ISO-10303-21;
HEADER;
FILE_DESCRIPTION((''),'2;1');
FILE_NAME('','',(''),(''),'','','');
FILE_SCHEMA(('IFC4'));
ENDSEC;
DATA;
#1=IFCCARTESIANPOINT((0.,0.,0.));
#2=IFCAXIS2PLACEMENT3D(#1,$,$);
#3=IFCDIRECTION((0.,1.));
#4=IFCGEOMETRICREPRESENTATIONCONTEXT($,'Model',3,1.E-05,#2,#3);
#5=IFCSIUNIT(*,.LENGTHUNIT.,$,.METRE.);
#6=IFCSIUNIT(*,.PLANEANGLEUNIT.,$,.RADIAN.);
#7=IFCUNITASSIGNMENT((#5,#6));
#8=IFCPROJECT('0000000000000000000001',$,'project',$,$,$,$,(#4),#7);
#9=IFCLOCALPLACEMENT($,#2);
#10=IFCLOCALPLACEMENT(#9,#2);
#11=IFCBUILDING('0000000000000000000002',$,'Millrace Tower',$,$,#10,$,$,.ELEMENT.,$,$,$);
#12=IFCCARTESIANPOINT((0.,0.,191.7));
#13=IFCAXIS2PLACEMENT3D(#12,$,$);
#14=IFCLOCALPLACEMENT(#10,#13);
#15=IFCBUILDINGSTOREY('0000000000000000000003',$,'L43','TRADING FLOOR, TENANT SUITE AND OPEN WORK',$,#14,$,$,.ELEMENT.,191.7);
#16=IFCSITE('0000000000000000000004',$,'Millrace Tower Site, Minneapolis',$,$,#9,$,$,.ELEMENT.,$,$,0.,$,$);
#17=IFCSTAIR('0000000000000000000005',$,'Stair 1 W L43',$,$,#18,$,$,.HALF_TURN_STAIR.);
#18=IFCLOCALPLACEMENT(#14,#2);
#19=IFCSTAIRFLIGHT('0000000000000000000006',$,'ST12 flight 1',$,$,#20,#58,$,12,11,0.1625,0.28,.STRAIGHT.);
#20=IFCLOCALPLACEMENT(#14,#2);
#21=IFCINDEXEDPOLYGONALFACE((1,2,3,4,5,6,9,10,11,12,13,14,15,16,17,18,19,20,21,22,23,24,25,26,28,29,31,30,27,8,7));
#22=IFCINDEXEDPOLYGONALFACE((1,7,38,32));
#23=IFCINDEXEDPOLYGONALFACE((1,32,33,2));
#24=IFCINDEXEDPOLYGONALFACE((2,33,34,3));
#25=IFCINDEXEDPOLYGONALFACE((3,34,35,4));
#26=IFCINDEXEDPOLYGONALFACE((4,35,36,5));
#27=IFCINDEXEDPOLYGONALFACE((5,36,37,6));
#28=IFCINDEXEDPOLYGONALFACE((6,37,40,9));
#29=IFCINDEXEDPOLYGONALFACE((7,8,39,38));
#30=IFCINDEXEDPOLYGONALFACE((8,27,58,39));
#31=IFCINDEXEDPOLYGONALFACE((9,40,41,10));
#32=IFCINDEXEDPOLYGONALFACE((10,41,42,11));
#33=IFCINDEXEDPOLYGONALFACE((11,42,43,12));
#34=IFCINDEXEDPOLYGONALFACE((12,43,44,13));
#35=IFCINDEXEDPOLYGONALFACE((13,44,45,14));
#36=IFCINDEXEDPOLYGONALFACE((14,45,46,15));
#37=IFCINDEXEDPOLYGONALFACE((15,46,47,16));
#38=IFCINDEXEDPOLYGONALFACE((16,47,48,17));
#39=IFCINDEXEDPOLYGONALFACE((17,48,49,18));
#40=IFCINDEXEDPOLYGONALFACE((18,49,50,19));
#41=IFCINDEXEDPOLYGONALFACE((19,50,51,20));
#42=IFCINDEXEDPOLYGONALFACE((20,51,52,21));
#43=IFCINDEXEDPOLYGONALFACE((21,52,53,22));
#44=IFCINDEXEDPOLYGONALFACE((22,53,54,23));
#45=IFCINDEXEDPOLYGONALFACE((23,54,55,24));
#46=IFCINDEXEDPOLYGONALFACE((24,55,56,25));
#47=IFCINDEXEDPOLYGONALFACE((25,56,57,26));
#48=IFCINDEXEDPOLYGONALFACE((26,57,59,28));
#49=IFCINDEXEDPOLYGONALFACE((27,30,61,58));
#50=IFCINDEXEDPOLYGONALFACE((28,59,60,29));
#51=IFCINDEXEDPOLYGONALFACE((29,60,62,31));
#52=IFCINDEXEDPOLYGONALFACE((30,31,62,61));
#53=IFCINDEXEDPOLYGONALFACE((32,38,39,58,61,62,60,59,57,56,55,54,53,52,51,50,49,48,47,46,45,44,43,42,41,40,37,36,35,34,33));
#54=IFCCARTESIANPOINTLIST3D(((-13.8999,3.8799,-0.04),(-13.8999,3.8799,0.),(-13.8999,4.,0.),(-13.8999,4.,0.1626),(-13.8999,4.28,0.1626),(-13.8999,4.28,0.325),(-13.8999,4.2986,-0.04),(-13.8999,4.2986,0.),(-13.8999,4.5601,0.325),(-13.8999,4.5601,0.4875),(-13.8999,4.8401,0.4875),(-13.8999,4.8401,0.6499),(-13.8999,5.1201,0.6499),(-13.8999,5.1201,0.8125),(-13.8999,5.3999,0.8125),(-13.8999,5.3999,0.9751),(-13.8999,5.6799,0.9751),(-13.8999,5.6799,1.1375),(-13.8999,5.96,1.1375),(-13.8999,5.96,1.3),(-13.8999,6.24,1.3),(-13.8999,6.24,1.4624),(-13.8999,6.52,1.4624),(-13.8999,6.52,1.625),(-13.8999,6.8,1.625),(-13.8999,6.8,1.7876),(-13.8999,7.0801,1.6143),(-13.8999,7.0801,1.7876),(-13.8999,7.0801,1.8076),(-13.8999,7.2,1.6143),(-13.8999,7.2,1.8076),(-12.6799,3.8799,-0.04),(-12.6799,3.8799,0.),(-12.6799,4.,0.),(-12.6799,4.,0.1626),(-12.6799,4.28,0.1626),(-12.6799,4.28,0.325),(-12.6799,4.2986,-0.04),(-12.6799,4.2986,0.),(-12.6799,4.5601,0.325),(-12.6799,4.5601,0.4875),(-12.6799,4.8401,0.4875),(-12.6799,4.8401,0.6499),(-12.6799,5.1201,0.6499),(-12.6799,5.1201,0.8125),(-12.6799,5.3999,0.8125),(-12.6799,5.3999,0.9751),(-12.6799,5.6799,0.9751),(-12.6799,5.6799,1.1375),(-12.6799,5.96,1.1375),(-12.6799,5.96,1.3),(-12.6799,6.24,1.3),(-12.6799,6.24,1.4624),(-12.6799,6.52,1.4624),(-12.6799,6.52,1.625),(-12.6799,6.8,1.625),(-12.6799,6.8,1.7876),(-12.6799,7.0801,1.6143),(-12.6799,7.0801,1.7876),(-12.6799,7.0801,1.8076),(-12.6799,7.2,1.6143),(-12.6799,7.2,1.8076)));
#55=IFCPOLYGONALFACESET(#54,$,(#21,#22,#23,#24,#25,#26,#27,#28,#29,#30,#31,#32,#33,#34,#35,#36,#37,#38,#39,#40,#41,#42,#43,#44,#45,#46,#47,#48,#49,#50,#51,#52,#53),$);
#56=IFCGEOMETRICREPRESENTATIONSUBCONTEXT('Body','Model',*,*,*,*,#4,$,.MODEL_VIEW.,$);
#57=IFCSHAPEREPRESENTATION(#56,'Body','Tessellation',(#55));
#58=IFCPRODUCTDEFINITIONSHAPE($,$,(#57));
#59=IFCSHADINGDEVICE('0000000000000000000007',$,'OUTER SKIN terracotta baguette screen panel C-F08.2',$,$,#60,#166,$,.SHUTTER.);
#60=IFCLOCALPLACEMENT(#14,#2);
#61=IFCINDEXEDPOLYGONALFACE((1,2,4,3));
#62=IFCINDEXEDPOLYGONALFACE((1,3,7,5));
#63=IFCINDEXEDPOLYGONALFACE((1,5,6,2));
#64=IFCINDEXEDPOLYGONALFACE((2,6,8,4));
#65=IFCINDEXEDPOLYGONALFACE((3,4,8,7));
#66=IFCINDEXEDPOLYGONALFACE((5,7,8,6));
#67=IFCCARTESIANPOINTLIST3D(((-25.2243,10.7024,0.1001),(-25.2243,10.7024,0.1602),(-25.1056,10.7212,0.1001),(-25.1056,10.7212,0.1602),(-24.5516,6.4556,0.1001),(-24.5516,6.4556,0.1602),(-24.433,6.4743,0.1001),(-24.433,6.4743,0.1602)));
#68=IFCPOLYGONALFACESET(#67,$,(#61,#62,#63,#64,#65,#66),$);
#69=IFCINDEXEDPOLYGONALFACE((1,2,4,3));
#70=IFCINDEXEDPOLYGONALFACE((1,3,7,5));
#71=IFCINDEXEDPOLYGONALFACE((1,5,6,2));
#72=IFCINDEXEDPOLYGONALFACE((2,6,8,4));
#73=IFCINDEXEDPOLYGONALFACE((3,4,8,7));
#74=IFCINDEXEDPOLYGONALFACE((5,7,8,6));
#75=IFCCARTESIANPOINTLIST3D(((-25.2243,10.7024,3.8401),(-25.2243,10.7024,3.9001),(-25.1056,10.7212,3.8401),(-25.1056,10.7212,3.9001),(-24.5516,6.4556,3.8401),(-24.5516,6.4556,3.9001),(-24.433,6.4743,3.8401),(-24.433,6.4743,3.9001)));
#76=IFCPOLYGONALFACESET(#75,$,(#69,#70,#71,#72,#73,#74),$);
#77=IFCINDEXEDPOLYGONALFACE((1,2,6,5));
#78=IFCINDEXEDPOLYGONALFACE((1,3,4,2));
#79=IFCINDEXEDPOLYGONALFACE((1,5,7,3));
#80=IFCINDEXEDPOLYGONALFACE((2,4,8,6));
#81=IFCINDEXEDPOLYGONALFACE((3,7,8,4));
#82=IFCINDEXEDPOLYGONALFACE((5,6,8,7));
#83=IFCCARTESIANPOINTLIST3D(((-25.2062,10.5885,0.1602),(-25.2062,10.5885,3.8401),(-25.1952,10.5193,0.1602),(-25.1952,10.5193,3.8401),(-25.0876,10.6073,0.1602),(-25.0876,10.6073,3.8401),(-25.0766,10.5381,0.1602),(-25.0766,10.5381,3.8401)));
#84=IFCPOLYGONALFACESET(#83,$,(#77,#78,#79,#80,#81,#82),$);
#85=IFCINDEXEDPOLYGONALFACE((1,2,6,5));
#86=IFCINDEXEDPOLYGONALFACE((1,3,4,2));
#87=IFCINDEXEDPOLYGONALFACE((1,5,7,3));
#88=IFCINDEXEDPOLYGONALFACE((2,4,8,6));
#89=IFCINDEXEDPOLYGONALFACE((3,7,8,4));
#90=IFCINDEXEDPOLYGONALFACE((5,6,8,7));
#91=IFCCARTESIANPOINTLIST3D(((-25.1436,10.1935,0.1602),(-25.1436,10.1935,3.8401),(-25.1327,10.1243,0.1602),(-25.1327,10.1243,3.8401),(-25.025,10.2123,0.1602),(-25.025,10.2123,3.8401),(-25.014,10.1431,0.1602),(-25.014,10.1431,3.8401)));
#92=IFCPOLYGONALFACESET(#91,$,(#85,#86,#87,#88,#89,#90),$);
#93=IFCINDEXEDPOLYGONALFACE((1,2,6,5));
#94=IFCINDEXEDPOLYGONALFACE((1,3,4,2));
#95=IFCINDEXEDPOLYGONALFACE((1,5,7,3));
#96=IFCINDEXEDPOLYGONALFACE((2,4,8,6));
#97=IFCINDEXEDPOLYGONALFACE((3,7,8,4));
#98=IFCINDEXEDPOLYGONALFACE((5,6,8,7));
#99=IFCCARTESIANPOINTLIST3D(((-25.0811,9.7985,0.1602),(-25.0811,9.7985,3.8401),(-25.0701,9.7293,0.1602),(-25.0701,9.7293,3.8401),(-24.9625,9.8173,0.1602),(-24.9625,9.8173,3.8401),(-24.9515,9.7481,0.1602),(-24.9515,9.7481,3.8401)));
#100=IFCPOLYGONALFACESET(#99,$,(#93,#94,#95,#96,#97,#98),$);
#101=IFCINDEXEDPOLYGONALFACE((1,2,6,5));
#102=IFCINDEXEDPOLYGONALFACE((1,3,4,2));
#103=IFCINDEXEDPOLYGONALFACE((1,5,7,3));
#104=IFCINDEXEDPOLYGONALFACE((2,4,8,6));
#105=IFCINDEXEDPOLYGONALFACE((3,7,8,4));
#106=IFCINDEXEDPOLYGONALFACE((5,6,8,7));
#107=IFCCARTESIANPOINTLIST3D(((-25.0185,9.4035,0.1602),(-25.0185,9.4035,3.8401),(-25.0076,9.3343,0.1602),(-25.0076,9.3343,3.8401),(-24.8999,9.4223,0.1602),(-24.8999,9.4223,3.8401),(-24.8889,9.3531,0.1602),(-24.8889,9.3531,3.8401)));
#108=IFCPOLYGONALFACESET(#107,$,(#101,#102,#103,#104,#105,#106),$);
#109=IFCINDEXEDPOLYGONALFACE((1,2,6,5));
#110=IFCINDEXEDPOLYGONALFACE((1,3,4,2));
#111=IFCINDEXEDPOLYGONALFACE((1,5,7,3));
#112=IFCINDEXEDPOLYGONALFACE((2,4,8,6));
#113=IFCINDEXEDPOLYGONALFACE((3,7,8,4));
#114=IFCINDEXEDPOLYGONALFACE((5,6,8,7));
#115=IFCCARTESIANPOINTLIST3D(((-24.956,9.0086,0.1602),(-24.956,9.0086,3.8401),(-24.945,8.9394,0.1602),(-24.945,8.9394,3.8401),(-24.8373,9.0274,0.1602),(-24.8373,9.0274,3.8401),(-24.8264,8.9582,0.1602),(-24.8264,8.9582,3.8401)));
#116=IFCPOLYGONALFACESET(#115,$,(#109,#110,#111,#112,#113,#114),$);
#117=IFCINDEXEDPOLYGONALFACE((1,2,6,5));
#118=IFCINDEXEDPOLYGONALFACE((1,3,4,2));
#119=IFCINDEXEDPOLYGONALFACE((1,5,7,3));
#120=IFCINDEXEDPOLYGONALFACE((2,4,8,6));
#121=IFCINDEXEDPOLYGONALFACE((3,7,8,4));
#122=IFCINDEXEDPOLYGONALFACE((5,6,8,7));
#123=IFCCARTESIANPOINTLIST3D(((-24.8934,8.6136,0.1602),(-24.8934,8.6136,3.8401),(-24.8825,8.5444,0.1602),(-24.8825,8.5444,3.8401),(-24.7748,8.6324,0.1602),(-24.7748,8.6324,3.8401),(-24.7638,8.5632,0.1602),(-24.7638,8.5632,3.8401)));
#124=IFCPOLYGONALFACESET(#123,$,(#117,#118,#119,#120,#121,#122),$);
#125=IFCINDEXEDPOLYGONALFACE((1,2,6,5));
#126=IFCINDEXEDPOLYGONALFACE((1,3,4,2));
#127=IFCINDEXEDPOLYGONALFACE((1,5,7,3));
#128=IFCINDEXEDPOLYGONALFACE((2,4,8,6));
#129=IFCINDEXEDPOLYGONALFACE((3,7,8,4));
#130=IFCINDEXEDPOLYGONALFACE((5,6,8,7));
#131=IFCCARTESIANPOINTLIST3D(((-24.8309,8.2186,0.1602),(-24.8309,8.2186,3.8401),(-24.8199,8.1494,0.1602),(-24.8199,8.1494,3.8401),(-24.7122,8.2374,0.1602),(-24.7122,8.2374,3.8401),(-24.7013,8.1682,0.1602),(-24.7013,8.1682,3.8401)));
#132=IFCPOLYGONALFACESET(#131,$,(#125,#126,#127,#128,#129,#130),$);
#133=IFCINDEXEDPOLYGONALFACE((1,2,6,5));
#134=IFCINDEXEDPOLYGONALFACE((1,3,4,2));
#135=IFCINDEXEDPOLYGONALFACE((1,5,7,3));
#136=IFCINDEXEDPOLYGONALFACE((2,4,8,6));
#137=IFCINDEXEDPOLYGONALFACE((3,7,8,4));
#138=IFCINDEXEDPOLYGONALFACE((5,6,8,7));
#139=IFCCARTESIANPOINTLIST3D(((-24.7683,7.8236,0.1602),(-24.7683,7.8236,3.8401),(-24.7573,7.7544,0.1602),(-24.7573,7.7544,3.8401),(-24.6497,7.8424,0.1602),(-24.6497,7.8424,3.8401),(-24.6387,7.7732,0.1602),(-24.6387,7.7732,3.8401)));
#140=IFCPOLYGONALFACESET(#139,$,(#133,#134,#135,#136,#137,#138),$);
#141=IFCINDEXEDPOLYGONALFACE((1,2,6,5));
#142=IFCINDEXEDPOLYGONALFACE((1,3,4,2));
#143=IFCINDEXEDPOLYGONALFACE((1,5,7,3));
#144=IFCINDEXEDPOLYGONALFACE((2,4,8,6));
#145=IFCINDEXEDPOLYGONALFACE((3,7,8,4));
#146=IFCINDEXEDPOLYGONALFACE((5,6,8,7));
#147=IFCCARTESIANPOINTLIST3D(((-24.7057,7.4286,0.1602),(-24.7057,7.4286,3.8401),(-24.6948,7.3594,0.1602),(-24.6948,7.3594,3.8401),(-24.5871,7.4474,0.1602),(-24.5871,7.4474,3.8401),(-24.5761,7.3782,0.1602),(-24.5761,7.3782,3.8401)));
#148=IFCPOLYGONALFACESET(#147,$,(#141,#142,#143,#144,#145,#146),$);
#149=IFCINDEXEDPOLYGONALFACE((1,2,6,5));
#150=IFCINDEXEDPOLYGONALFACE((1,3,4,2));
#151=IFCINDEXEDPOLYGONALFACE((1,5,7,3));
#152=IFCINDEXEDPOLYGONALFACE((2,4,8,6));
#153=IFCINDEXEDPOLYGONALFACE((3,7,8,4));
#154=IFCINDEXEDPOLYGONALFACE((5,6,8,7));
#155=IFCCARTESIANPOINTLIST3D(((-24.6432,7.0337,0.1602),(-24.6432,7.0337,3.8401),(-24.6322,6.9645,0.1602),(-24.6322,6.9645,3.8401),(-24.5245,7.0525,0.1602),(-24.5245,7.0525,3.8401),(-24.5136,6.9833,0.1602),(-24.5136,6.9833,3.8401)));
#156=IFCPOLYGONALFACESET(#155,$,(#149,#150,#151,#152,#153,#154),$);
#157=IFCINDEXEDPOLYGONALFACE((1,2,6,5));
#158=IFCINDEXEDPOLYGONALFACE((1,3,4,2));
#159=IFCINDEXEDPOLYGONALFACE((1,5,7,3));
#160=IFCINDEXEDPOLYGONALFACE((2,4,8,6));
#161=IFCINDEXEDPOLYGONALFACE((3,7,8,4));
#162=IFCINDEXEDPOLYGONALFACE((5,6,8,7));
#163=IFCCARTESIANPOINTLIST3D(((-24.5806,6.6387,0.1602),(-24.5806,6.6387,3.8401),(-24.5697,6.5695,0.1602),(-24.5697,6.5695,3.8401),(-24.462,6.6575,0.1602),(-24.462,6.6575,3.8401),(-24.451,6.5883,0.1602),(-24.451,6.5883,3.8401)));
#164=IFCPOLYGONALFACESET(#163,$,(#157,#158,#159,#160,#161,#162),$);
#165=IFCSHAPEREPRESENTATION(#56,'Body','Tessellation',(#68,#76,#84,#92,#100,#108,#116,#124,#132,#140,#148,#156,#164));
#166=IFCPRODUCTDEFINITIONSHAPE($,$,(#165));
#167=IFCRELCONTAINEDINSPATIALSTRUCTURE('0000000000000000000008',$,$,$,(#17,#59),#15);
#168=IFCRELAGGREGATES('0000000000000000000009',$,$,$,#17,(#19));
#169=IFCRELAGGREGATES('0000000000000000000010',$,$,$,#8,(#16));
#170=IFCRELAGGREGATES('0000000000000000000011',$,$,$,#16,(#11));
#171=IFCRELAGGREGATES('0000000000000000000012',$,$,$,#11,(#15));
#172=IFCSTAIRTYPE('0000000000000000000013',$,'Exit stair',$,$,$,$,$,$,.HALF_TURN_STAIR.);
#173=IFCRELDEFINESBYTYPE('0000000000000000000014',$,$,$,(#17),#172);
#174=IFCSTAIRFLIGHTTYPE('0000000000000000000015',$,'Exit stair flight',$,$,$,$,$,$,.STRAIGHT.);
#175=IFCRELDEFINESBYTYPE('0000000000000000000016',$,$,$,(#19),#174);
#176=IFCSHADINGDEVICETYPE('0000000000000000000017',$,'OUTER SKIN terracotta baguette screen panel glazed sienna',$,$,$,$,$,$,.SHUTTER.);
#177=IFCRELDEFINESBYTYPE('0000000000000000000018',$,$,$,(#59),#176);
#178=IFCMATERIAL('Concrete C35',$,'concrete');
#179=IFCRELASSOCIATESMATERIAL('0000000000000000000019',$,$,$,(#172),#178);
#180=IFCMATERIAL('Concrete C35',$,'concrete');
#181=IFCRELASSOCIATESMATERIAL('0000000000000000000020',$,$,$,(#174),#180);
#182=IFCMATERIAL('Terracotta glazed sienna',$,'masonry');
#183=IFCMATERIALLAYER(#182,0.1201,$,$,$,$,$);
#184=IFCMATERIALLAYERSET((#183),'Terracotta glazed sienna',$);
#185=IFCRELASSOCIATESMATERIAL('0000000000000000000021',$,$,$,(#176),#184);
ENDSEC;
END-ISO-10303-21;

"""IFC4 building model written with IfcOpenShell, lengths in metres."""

from ifc_helpers import new_model, entity, si_unit, direction, frame, frame_2d, origin, origin_2d, place, context, subcontext, project, spatial, polyline, rectangle, outline, extrude, source, transform, mapped, material, layer, layer_set, type_object, element, aggregate, save


model = new_model("IFC4")

# Units and contexts
model_context = context("Model", 3, precision=1e-05, world=origin(), true_north=direction((0.0, 1.0)))
body_context = subcontext(model_context, "Body", "Model", "MODEL_VIEW")
ifc_project = project(units=[si_unit("LENGTHUNIT", "METRE"), si_unit("PLANEANGLEUNIT", "RADIAN")], contexts=[model_context])

# Site, building, storey
site_placement = place(None, origin())
site = spatial("IfcSite", under=ifc_project, at=site_placement, Name="Millrace Tower Site, Minneapolis", CompositionType="ELEMENT", RefElevation=0.0)
building_placement = place(site_placement, origin())
building = spatial("IfcBuilding", under=site, at=building_placement, Name="Millrace Tower", CompositionType="ELEMENT")
storey_placement = place(building_placement, frame((0.0, 0.0, 191.7)))
storey = spatial("IfcBuildingStorey", under=building, at=storey_placement, Name="L43", Description="TRADING FLOOR, TENANT SUITE AND OPEN WORK", CompositionType="ELEMENT", Elevation=191.7)

# Shared definitions
placement = place(storey_placement, origin())

# Stair, stair flight
ifc_material_1 = material(Name="Concrete C35", Category="concrete")
stair_type = type_object("IfcStairType", Name="Exit stair", PredefinedType="HALF_TURN_STAIR", material=ifc_material_1)
stair = element("IfcStair", 1, at=placement, inside=storey, type_object=stair_type, Name="Stair 1 W L43", PredefinedType="HALF_TURN_STAIR")
ifc_material_2 = material(Name="Concrete C35", Category="concrete")
stair_flight_type = type_object("IfcStairFlightType", Name="Exit stair flight", PredefinedType="STRAIGHT", material=ifc_material_2)
stair_flight_placement = place(storey_placement, frame((-13.29, 4.0, 0.0), z_axis=(0.0, 0.0, 1.0), x_axis=(0.0, 1.0, 0.0)))
stair_flight = element("IfcStairFlight", 2, at=stair_flight_placement, type_object=stair_flight_type, Name="ST12 flight 1", NumberOfRisers=12, NumberOfTreads=11, PredefinedType="STRAIGHT", RiserHeight=0.1625, TreadLength=0.28, context=body_context, shape_type="SweptSolid", body=[
    extrude(outline(polyline([(-0.1201, -0.04), (-0.1201, 0.0), (0.0, 0.0), (0.0, 0.1626), (0.28, 0.1626), (0.28, 0.325), (0.5601, 0.325), (0.5601, 0.4875), (0.8401, 0.4875), (0.8401, 0.6499), (1.1201, 0.6499), (1.1201, 0.8125), (1.3999, 0.8125), (1.3999, 0.9751), (1.6799, 0.9751), (1.6799, 1.1375), (1.96, 1.1375), (1.96, 1.3), (2.24, 1.3), (2.24, 1.4624), (2.52, 1.4624), (2.52, 1.625), (2.8, 1.625), (2.8, 1.7876), (3.0801, 1.7876), (3.0801, 1.8076), (3.2, 1.8076), (3.2, 1.6143), (3.0801, 1.6143), (0.2986, 0.0), (0.2986, -0.04), (-0.1201, -0.04)])), frame((0.0, 0.6099, 0.0), z_axis=(0.0, -1.0, 0.0), x_axis=(1.0, 0.0, 0.0)), (0.0, 0.0, 1.0), 1.22),
])
aggregate(stair, [stair_flight])

# Shading device
ifc_material_3 = material(Name="Terracotta glazed sienna", Category="masonry")
ifc_layer_1 = layer(ifc_material_3, 0.1201)
ifc_layer_set_1 = layer_set([ifc_layer_1], Name="Terracotta glazed sienna")
shading_device_type = type_object("IfcShadingDeviceType", Name="OUTER SKIN terracotta baguette screen panel glazed sienna", PredefinedType="SHUTTER", material=ifc_layer_set_1)
cartesian_point = entity("IfcCartesianPoint", [-2.1499, 0.0601])
shared_polyline = entity("IfcPolyline", [cartesian_point, entity("IfcCartesianPoint", [2.1499, 0.0601]), entity("IfcCartesianPoint", [2.1499, -0.0601]), entity("IfcCartesianPoint", [-2.1499, -0.0601]), cartesian_point])
shared_shape = source(origin(), body_context, "Body", "SweptSolid", [
    entity("IfcExtrudedAreaSolid", entity("IfcArbitraryClosedProfileDef", "AREA", None, shared_polyline), entity("IfcAxis2Placement3D", entity("IfcCartesianPoint", [0.0, 0.0, 0.0])), entity("IfcDirection", [0.0, 0.0, 1.0]), 0.0601),
    entity("IfcExtrudedAreaSolid", entity("IfcArbitraryClosedProfileDef", "AREA", None, shared_polyline), entity("IfcAxis2Placement3D", entity("IfcCartesianPoint", [0.0, 0.0, 3.74])), entity("IfcDirection", [0.0, 0.0, 1.0]), 0.0601),
    extrude(rectangle(XDim=0.0701, YDim=0.1201, at=frame_2d((-1.9995, 0.0))), frame((0.0, 0.0, 0.0601)), (0.0, 0.0, 1.0), 3.6799),
    extrude(rectangle(XDim=0.0701, YDim=0.1201, at=frame_2d((-1.5996, 0.0))), frame((0.0, 0.0, 0.0601)), (0.0, 0.0, 1.0), 3.6799),
    extrude(rectangle(XDim=0.0701, YDim=0.1201, at=frame_2d((-1.1997, 0.0))), frame((0.0, 0.0, 0.0601)), (0.0, 0.0, 1.0), 3.6799),
    extrude(rectangle(XDim=0.0701, YDim=0.1201, at=frame_2d((-0.7998, 0.0))), frame((0.0, 0.0, 0.0601)), (0.0, 0.0, 1.0), 3.6799),
    extrude(rectangle(XDim=0.0701, YDim=0.1201, at=frame_2d((-0.3999, 0.0))), frame((0.0, 0.0, 0.0601)), (0.0, 0.0, 1.0), 3.6799),
    extrude(rectangle(XDim=0.0701, YDim=0.1201, at=origin_2d()), frame((0.0, 0.0, 0.0601)), (0.0, 0.0, 1.0), 3.6799),
    extrude(rectangle(XDim=0.0701, YDim=0.1201, at=frame_2d((0.3999, 0.0))), frame((0.0, 0.0, 0.0601)), (0.0, 0.0, 1.0), 3.6799),
    extrude(rectangle(XDim=0.0701, YDim=0.1201, at=frame_2d((0.7998, 0.0))), frame((0.0, 0.0, 0.0601)), (0.0, 0.0, 1.0), 3.6799),
    extrude(rectangle(XDim=0.0701, YDim=0.1201, at=frame_2d((1.1997, 0.0))), frame((0.0, 0.0, 0.0601)), (0.0, 0.0, 1.0), 3.6799),
    extrude(rectangle(XDim=0.0701, YDim=0.1201, at=frame_2d((1.5996, 0.0))), frame((0.0, 0.0, 0.0601)), (0.0, 0.0, 1.0), 3.6799),
    extrude(rectangle(XDim=0.0701, YDim=0.1201, at=frame_2d((1.9995, 0.0))), frame((0.0, 0.0, 0.0601)), (0.0, 0.0, 1.0), 3.6799),
])
for number, where, z_axis, x_axis, name in (
    (3, (-24.8286, 8.5884, 0.1001), (0.0, 0.0, 1.0), (0.156434, -0.987688, 0.0), "OUTER SKIN terracotta baguette screen panel C-F08.2"),
):
    element("IfcShadingDevice", number, at=place(storey_placement, frame(where, z_axis=z_axis, x_axis=x_axis)), inside=storey, type_object=shading_device_type, Name=name, PredefinedType="SHUTTER", context=body_context, shape_type="MappedRepresentation", body=[
        mapped(shared_shape, transform((0.0, 0.0, 0.0), scale=1.0)),
    ])

save(model, "model.ifc")
